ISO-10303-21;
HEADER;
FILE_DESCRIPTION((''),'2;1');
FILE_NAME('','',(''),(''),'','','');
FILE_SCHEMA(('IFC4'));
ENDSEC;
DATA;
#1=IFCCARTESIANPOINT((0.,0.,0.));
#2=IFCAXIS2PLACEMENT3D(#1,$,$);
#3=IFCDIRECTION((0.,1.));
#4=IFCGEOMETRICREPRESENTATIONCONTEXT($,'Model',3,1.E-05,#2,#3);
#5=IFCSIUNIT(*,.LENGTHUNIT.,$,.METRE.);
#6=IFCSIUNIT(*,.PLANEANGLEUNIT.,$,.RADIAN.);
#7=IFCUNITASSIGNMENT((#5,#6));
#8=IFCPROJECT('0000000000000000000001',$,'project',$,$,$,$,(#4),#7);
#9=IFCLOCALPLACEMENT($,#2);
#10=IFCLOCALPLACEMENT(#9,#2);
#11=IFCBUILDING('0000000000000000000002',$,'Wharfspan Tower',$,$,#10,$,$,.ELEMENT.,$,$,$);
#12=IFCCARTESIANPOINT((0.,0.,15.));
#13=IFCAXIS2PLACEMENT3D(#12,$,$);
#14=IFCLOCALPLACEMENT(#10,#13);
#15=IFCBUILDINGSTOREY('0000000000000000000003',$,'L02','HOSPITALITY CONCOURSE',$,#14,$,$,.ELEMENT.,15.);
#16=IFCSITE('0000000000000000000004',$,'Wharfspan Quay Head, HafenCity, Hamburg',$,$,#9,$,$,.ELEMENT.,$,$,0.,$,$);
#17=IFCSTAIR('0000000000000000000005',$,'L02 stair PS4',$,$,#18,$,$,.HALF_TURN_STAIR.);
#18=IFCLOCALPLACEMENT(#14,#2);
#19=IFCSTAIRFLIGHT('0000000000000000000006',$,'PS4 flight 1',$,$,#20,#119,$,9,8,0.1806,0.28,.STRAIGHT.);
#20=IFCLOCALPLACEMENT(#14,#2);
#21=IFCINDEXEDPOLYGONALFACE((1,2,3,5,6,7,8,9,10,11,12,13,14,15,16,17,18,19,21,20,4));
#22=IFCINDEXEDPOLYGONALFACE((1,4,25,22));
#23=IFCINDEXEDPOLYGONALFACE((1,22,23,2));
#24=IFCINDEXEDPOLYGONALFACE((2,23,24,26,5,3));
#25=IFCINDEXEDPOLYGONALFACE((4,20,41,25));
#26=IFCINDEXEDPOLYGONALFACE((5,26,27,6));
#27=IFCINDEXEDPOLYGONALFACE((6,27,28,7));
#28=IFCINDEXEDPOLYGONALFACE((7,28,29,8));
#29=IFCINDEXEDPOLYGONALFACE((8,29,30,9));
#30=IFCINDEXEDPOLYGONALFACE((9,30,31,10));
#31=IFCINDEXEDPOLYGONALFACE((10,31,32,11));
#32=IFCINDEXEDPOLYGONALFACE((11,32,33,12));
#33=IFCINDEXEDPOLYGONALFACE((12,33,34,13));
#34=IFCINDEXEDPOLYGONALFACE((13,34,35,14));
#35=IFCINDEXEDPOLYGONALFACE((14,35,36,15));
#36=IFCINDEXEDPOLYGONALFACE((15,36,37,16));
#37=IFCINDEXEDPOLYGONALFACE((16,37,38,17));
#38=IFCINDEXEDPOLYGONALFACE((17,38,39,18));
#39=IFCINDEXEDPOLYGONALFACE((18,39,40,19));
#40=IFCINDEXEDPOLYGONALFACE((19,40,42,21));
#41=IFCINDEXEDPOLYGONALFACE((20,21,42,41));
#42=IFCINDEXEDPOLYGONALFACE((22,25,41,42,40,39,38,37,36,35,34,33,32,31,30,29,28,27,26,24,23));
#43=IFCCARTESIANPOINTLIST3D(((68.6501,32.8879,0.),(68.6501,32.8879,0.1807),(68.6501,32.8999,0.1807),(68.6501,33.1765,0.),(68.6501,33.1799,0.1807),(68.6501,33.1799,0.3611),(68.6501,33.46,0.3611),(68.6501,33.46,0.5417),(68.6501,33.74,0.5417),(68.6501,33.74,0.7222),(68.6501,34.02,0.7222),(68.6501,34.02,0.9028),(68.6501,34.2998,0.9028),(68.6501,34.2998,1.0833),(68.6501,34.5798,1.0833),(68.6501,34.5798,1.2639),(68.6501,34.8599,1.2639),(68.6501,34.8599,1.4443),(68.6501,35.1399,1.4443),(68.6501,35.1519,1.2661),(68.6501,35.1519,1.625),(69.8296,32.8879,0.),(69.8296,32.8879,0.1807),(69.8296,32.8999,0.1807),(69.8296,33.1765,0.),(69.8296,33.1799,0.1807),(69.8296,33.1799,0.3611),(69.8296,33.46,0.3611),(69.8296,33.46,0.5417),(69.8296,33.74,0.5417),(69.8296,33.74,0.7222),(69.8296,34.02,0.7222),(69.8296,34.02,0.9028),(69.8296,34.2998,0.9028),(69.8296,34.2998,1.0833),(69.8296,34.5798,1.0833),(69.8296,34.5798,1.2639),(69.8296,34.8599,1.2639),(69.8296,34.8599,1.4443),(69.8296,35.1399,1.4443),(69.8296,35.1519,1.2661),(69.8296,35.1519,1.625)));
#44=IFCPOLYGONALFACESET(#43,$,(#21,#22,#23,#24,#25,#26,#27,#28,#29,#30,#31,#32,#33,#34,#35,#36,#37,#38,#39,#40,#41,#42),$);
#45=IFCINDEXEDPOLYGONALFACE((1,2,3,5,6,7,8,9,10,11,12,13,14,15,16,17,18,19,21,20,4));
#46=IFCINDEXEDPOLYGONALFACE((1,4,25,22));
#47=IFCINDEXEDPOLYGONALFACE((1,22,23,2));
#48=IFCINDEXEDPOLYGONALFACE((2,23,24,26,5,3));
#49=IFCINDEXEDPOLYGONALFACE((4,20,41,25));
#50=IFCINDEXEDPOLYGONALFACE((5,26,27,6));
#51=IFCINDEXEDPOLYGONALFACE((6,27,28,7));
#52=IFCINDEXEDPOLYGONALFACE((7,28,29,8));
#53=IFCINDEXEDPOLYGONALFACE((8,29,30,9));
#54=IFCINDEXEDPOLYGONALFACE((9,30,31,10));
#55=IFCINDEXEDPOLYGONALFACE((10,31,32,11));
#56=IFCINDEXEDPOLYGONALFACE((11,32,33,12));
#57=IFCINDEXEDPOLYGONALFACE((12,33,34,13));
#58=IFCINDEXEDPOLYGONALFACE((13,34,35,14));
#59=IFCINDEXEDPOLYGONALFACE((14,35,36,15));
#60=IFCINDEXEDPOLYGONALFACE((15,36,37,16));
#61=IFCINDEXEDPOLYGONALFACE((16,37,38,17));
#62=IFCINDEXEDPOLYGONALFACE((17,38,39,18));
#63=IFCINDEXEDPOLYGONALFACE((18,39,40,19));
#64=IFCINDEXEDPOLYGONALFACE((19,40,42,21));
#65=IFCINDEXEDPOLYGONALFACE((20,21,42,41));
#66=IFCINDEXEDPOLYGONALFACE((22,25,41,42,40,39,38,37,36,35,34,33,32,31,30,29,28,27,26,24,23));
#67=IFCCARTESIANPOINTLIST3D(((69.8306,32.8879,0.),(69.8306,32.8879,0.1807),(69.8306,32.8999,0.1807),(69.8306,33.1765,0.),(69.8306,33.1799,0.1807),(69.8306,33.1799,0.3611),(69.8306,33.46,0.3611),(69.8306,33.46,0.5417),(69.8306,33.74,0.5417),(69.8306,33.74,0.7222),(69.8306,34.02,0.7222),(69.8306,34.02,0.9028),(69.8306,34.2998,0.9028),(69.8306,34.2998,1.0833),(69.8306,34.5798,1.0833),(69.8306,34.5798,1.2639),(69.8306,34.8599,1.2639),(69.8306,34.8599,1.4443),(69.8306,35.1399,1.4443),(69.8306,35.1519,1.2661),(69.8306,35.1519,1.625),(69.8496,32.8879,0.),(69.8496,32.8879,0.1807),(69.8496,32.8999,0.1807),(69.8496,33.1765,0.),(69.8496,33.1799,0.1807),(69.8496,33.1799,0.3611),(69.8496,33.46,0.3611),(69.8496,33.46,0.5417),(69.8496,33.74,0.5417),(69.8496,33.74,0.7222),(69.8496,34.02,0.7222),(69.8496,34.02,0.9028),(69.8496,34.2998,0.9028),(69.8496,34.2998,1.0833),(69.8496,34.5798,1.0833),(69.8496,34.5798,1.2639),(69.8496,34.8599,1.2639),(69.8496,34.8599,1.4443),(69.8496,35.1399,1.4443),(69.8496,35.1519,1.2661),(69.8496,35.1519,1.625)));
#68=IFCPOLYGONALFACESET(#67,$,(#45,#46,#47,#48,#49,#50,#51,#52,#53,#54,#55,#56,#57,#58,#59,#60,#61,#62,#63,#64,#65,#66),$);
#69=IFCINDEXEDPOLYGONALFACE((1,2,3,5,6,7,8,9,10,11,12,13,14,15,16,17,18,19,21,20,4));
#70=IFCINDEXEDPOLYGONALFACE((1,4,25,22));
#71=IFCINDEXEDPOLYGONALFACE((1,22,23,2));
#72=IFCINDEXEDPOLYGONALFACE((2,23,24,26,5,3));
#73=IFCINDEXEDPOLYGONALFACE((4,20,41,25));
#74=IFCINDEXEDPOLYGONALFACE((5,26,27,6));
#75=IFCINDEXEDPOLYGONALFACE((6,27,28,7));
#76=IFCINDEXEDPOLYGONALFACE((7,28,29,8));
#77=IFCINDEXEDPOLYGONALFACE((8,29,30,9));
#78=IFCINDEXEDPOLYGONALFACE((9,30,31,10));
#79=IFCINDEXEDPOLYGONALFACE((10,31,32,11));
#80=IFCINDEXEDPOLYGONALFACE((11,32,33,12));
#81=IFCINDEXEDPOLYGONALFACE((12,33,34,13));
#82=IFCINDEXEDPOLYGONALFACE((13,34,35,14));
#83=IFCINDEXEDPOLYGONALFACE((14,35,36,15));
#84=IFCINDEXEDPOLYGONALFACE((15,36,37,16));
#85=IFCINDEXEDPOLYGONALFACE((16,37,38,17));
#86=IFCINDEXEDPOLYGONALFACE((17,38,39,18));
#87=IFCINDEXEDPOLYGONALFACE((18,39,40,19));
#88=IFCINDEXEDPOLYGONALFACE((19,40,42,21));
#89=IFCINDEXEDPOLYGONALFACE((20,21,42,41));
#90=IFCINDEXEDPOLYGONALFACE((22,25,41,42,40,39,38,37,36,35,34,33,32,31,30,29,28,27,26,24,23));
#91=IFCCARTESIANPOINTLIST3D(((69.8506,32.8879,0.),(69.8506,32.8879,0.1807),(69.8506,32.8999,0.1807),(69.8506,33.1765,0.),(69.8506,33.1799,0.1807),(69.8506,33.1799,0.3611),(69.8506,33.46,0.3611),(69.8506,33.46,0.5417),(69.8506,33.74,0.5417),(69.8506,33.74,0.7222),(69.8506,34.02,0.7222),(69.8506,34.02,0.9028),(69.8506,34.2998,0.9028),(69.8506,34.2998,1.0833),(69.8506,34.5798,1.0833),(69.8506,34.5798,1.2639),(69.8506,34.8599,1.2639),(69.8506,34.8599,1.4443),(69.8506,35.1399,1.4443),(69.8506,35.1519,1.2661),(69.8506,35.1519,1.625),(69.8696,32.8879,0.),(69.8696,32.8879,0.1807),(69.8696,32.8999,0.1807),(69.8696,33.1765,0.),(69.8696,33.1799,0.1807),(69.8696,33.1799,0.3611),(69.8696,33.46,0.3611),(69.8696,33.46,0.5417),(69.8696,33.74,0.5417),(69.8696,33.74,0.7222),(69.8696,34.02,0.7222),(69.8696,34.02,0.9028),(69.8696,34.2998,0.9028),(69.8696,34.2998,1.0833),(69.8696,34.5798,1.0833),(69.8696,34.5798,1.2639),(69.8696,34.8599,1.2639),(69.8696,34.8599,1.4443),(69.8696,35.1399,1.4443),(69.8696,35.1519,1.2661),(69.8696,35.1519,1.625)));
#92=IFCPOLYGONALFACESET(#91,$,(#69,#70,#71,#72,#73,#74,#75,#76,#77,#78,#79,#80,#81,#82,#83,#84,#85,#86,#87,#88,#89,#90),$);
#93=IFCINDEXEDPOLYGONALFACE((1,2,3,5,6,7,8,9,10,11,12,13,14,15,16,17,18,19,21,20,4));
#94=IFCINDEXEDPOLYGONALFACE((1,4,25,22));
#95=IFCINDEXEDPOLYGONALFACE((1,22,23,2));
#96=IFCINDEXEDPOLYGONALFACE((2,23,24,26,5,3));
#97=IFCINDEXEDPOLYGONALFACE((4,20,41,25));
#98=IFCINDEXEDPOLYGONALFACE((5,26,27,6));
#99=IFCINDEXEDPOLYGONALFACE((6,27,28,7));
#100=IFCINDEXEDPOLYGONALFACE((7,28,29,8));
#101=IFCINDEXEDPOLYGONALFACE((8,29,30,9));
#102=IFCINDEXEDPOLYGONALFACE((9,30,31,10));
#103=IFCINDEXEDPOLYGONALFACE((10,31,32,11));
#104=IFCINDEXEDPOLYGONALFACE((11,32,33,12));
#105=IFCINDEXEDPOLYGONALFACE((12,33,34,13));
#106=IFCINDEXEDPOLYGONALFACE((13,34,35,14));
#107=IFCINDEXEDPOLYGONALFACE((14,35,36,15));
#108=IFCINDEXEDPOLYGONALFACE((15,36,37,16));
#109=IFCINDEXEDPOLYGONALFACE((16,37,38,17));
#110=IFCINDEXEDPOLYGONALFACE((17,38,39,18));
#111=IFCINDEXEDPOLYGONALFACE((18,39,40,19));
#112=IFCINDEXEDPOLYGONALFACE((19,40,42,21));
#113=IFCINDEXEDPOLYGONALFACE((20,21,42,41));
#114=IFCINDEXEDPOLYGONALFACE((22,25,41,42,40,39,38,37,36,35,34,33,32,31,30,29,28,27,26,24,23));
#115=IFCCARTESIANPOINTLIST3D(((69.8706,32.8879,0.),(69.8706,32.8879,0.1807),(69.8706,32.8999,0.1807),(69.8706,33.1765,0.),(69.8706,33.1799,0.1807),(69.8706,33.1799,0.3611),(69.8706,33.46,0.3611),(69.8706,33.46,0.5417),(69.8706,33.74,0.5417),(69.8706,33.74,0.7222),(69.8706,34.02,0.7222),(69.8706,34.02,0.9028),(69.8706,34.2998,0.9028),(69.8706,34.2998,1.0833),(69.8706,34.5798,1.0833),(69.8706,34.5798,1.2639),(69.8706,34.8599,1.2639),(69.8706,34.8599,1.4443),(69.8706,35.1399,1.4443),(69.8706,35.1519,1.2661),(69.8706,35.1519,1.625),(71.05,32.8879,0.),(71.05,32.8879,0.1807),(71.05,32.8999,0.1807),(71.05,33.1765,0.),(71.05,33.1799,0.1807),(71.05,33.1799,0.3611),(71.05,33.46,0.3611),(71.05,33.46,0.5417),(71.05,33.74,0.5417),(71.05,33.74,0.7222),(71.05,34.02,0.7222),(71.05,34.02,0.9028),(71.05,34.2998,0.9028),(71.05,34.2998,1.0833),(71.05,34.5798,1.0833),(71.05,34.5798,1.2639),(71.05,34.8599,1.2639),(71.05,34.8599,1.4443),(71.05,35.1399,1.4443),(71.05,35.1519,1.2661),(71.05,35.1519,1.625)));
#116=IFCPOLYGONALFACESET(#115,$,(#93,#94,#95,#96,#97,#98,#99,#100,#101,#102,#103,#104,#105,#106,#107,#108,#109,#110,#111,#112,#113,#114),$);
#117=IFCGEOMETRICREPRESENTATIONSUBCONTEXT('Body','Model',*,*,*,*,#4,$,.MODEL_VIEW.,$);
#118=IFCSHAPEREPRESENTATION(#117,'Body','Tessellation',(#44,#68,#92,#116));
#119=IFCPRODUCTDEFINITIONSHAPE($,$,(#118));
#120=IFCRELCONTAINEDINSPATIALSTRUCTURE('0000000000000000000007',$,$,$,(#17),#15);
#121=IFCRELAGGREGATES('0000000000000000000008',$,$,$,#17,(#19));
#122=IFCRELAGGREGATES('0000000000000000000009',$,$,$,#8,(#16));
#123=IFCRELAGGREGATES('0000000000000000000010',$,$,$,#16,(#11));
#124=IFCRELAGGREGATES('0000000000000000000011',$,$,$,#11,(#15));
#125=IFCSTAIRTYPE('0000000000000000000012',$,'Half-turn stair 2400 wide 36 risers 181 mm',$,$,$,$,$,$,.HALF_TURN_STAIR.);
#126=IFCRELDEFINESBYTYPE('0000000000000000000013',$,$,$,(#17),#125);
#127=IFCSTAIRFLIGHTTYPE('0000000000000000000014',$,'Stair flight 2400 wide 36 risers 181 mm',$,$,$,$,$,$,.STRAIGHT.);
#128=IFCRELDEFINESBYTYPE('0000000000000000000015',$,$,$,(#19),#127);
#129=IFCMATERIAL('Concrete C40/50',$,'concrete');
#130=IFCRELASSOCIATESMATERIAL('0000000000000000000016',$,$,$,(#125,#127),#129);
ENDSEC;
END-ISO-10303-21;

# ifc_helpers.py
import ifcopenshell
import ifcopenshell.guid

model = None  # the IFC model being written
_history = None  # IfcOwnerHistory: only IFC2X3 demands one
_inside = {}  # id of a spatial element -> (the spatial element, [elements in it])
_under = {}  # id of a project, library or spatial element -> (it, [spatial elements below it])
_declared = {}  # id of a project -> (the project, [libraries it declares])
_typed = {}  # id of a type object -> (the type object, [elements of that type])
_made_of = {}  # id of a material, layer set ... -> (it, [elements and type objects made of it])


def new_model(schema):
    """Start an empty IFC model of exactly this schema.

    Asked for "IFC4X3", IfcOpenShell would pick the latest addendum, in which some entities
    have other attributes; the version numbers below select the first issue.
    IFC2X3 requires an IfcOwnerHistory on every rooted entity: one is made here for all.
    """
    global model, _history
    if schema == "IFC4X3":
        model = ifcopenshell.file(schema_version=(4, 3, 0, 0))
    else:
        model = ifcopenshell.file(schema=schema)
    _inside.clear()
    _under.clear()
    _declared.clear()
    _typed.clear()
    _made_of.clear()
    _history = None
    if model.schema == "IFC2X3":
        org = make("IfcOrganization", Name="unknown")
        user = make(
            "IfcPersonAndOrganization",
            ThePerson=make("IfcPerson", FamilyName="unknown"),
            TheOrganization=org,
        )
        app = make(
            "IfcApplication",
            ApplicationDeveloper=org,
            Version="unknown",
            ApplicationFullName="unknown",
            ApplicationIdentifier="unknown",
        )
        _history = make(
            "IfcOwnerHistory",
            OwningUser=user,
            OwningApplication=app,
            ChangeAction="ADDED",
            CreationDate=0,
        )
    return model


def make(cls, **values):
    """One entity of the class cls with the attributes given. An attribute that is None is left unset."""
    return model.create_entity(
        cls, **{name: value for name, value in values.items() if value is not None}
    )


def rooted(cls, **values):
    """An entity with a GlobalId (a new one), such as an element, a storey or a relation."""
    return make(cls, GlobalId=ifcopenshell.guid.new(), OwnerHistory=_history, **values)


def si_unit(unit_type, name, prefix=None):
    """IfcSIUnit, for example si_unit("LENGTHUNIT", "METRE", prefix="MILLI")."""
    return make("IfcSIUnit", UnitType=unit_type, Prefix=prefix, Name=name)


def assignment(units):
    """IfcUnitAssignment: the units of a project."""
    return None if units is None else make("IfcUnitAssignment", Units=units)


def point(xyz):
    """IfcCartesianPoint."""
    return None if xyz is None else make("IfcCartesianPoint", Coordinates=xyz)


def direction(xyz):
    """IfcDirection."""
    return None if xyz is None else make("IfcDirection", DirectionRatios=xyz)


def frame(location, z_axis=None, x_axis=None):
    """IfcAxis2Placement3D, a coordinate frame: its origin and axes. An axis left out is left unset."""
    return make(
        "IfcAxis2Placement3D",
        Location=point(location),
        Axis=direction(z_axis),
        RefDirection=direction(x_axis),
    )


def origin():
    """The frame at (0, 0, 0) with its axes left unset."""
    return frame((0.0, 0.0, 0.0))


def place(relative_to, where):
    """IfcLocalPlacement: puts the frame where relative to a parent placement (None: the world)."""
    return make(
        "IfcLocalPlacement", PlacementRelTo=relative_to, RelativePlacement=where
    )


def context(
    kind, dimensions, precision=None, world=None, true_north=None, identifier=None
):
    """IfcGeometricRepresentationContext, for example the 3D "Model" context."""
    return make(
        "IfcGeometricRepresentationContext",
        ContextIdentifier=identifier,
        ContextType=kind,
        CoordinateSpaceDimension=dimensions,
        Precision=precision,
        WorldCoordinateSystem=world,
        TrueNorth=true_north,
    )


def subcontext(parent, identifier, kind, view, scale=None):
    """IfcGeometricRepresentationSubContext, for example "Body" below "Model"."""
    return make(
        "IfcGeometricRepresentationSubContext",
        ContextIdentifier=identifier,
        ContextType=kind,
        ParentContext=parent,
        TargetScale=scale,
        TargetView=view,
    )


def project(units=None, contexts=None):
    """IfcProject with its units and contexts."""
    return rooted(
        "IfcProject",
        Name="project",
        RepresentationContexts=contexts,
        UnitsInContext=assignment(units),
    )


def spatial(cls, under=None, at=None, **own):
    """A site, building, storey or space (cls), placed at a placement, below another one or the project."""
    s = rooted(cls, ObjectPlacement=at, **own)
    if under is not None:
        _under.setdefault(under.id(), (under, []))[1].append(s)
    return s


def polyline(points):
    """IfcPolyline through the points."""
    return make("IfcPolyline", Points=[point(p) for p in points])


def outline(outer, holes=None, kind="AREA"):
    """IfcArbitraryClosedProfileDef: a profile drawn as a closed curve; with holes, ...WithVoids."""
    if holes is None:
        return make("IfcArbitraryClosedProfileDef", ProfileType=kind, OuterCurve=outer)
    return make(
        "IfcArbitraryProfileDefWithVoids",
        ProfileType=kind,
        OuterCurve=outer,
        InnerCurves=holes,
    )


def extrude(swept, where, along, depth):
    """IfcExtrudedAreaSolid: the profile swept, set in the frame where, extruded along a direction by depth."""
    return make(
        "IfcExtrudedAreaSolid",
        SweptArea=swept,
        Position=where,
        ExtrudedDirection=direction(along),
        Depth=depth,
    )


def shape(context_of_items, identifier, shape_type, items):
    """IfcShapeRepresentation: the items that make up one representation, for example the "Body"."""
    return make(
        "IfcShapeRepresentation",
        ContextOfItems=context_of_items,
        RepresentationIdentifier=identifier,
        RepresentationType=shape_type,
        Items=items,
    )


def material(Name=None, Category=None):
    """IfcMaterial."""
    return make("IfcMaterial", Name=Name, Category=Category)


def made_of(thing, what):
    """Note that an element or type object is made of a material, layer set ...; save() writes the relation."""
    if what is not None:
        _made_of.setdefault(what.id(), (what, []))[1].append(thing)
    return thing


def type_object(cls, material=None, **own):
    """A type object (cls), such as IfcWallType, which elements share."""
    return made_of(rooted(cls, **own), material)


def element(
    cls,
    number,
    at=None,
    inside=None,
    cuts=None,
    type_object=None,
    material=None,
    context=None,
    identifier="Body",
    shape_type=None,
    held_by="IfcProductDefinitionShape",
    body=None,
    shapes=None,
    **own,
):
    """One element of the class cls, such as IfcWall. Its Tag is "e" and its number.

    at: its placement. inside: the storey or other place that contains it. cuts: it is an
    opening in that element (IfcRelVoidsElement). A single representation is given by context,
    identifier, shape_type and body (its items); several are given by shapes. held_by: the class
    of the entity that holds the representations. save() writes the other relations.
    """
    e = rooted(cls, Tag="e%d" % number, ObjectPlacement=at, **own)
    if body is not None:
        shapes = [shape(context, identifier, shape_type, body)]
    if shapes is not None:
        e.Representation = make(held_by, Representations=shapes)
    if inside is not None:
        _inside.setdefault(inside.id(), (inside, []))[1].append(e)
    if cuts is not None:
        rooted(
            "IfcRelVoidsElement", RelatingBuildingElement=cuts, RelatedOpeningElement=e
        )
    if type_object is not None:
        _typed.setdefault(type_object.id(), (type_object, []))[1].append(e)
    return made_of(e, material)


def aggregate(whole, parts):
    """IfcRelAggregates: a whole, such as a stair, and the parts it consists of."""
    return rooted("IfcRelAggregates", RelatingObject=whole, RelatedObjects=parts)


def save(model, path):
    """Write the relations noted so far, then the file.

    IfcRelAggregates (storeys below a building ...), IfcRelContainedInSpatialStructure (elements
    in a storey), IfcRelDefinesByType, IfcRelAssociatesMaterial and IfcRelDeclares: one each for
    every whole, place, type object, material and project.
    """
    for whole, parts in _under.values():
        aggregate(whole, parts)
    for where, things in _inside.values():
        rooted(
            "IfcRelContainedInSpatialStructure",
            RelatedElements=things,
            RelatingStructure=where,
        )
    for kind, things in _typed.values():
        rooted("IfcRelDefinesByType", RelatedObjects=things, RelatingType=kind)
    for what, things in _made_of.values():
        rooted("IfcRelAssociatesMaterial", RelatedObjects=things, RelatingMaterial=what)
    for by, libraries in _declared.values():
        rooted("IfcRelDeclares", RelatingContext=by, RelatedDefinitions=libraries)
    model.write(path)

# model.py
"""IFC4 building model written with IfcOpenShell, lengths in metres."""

from ifc_helpers import new_model, si_unit, direction, frame, origin, place, context, subcontext, project, spatial, polyline, outline, extrude, material, type_object, element, aggregate, save


model = new_model("IFC4")

# Units and contexts
model_context = context("Model", 3, precision=1e-05, world=origin(), true_north=direction((0.0, 1.0)))
body_context = subcontext(model_context, "Body", "Model", "MODEL_VIEW")
ifc_project = project(units=[si_unit("LENGTHUNIT", "METRE"), si_unit("PLANEANGLEUNIT", "RADIAN")], contexts=[model_context])

# Site, building, storey
site_placement = place(None, origin())
site = spatial("IfcSite", under=ifc_project, at=site_placement, Name="Wharfspan Quay Head, HafenCity, Hamburg", CompositionType="ELEMENT", RefElevation=0.0)
building_placement = place(site_placement, origin())
building = spatial("IfcBuilding", under=site, at=building_placement, Name="Wharfspan Tower", CompositionType="ELEMENT")
storey_placement = place(building_placement, frame((0.0, 0.0, 15.0)))
storey = spatial("IfcBuildingStorey", under=building, at=storey_placement, Name="L02", Description="HOSPITALITY CONCOURSE", CompositionType="ELEMENT", Elevation=15.0)

# Shared definitions
ifc_material_1 = material(Name="Concrete C40/50", Category="concrete")

# Stair, stair flight
stair_type = type_object("IfcStairType", Name="Half-turn stair 2400 wide 36 risers 181 mm", PredefinedType="HALF_TURN_STAIR", material=ifc_material_1)
stair_1_placement = place(storey_placement, origin())
stair_1 = element("IfcStair", 1, at=stair_1_placement, inside=storey, type_object=stair_type, Name="L02 stair PS4", PredefinedType="HALF_TURN_STAIR")
stair_flight_type = type_object("IfcStairFlightType", Name="Stair flight 2400 wide 36 risers 181 mm", PredefinedType="STRAIGHT", material=ifc_material_1)
stair_flight_1_placement = place(storey_placement, frame((69.8501, 32.8999, 0.0), z_axis=(0.0, 0.0, 1.0), x_axis=(0.0, 1.0, 0.0)))
stair_flight_1 = element("IfcStairFlight", 2, at=stair_flight_1_placement, type_object=stair_flight_type, Name="PS4 flight 1", NumberOfRisers=9, NumberOfTreads=8, PredefinedType="STRAIGHT", RiserHeight=0.1806, TreadLength=0.28, context=body_context, shape_type="SweptSolid", body=[
    extrude(outline(polyline([(-0.012, 0.0), (-0.012, 0.1807), (0.0, 0.1807), (0.28, 0.1807), (0.28, 0.3611), (0.5601, 0.3611), (0.5601, 0.5417), (0.8401, 0.5417), (0.8401, 0.7222), (1.1201, 0.7222), (1.1201, 0.9028), (1.3999, 0.9028), (1.3999, 1.0833), (1.6799, 1.0833), (1.6799, 1.2639), (1.96, 1.2639), (1.96, 1.4443), (2.24, 1.4443), (2.252, 1.625), (2.252, 1.2661), (0.2766, 0.0), (-0.012, 0.0)])), frame((0.0, 1.2, 0.0), z_axis=(0.0, -1.0, 0.0), x_axis=(1.0, 0.0, 0.0)), (0.0, 0.0, 1.0), 1.1794),
    extrude(outline(polyline([(-0.012, 0.0), (-0.012, 0.1807), (0.0, 0.1807), (0.28, 0.1807), (0.28, 0.3611), (0.5601, 0.3611), (0.5601, 0.5417), (0.8401, 0.5417), (0.8401, 0.7222), (1.1201, 0.7222), (1.1201, 0.9028), (1.3999, 0.9028), (1.3999, 1.0833), (1.6799, 1.0833), (1.6799, 1.2639), (1.96, 1.2639), (1.96, 1.4443), (2.24, 1.4443), (2.252, 1.625), (2.252, 1.2661), (0.2766, 0.0), (-0.012, 0.0)])), frame((0.0, 0.0195, 0.0), z_axis=(0.0, -1.0, 0.0), x_axis=(1.0, 0.0, 0.0)), (0.0, 0.0, 1.0), 0.019),
    extrude(outline(polyline([(-0.012, 0.0), (-0.012, 0.1807), (0.0, 0.1807), (0.28, 0.1807), (0.28, 0.3611), (0.5601, 0.3611), (0.5601, 0.5417), (0.8401, 0.5417), (0.8401, 0.7222), (1.1201, 0.7222), (1.1201, 0.9028), (1.3999, 0.9028), (1.3999, 1.0833), (1.6799, 1.0833), (1.6799, 1.2639), (1.96, 1.2639), (1.96, 1.4443), (2.24, 1.4443), (2.252, 1.625), (2.252, 1.2661), (0.2766, 0.0), (-0.012, 0.0)])), frame((0.0, -0.0005, 0.0), z_axis=(0.0, -1.0, 0.0), x_axis=(1.0, 0.0, 0.0)), (0.0, 0.0, 1.0), 0.019),
    extrude(outline(polyline([(-0.012, 0.0), (-0.012, 0.1807), (0.0, 0.1807), (0.28, 0.1807), (0.28, 0.3611), (0.5601, 0.3611), (0.5601, 0.5417), (0.8401, 0.5417), (0.8401, 0.7222), (1.1201, 0.7222), (1.1201, 0.9028), (1.3999, 0.9028), (1.3999, 1.0833), (1.6799, 1.0833), (1.6799, 1.2639), (1.96, 1.2639), (1.96, 1.4443), (2.24, 1.4443), (2.252, 1.625), (2.252, 1.2661), (0.2766, 0.0), (-0.012, 0.0)])), frame((0.0, -0.0205, 0.0), z_axis=(0.0, -1.0, 0.0), x_axis=(1.0, 0.0, 0.0)), (0.0, 0.0, 1.0), 1.1794),
])
aggregate(stair_1, [stair_flight_1])

save(model, "model.ifc")
